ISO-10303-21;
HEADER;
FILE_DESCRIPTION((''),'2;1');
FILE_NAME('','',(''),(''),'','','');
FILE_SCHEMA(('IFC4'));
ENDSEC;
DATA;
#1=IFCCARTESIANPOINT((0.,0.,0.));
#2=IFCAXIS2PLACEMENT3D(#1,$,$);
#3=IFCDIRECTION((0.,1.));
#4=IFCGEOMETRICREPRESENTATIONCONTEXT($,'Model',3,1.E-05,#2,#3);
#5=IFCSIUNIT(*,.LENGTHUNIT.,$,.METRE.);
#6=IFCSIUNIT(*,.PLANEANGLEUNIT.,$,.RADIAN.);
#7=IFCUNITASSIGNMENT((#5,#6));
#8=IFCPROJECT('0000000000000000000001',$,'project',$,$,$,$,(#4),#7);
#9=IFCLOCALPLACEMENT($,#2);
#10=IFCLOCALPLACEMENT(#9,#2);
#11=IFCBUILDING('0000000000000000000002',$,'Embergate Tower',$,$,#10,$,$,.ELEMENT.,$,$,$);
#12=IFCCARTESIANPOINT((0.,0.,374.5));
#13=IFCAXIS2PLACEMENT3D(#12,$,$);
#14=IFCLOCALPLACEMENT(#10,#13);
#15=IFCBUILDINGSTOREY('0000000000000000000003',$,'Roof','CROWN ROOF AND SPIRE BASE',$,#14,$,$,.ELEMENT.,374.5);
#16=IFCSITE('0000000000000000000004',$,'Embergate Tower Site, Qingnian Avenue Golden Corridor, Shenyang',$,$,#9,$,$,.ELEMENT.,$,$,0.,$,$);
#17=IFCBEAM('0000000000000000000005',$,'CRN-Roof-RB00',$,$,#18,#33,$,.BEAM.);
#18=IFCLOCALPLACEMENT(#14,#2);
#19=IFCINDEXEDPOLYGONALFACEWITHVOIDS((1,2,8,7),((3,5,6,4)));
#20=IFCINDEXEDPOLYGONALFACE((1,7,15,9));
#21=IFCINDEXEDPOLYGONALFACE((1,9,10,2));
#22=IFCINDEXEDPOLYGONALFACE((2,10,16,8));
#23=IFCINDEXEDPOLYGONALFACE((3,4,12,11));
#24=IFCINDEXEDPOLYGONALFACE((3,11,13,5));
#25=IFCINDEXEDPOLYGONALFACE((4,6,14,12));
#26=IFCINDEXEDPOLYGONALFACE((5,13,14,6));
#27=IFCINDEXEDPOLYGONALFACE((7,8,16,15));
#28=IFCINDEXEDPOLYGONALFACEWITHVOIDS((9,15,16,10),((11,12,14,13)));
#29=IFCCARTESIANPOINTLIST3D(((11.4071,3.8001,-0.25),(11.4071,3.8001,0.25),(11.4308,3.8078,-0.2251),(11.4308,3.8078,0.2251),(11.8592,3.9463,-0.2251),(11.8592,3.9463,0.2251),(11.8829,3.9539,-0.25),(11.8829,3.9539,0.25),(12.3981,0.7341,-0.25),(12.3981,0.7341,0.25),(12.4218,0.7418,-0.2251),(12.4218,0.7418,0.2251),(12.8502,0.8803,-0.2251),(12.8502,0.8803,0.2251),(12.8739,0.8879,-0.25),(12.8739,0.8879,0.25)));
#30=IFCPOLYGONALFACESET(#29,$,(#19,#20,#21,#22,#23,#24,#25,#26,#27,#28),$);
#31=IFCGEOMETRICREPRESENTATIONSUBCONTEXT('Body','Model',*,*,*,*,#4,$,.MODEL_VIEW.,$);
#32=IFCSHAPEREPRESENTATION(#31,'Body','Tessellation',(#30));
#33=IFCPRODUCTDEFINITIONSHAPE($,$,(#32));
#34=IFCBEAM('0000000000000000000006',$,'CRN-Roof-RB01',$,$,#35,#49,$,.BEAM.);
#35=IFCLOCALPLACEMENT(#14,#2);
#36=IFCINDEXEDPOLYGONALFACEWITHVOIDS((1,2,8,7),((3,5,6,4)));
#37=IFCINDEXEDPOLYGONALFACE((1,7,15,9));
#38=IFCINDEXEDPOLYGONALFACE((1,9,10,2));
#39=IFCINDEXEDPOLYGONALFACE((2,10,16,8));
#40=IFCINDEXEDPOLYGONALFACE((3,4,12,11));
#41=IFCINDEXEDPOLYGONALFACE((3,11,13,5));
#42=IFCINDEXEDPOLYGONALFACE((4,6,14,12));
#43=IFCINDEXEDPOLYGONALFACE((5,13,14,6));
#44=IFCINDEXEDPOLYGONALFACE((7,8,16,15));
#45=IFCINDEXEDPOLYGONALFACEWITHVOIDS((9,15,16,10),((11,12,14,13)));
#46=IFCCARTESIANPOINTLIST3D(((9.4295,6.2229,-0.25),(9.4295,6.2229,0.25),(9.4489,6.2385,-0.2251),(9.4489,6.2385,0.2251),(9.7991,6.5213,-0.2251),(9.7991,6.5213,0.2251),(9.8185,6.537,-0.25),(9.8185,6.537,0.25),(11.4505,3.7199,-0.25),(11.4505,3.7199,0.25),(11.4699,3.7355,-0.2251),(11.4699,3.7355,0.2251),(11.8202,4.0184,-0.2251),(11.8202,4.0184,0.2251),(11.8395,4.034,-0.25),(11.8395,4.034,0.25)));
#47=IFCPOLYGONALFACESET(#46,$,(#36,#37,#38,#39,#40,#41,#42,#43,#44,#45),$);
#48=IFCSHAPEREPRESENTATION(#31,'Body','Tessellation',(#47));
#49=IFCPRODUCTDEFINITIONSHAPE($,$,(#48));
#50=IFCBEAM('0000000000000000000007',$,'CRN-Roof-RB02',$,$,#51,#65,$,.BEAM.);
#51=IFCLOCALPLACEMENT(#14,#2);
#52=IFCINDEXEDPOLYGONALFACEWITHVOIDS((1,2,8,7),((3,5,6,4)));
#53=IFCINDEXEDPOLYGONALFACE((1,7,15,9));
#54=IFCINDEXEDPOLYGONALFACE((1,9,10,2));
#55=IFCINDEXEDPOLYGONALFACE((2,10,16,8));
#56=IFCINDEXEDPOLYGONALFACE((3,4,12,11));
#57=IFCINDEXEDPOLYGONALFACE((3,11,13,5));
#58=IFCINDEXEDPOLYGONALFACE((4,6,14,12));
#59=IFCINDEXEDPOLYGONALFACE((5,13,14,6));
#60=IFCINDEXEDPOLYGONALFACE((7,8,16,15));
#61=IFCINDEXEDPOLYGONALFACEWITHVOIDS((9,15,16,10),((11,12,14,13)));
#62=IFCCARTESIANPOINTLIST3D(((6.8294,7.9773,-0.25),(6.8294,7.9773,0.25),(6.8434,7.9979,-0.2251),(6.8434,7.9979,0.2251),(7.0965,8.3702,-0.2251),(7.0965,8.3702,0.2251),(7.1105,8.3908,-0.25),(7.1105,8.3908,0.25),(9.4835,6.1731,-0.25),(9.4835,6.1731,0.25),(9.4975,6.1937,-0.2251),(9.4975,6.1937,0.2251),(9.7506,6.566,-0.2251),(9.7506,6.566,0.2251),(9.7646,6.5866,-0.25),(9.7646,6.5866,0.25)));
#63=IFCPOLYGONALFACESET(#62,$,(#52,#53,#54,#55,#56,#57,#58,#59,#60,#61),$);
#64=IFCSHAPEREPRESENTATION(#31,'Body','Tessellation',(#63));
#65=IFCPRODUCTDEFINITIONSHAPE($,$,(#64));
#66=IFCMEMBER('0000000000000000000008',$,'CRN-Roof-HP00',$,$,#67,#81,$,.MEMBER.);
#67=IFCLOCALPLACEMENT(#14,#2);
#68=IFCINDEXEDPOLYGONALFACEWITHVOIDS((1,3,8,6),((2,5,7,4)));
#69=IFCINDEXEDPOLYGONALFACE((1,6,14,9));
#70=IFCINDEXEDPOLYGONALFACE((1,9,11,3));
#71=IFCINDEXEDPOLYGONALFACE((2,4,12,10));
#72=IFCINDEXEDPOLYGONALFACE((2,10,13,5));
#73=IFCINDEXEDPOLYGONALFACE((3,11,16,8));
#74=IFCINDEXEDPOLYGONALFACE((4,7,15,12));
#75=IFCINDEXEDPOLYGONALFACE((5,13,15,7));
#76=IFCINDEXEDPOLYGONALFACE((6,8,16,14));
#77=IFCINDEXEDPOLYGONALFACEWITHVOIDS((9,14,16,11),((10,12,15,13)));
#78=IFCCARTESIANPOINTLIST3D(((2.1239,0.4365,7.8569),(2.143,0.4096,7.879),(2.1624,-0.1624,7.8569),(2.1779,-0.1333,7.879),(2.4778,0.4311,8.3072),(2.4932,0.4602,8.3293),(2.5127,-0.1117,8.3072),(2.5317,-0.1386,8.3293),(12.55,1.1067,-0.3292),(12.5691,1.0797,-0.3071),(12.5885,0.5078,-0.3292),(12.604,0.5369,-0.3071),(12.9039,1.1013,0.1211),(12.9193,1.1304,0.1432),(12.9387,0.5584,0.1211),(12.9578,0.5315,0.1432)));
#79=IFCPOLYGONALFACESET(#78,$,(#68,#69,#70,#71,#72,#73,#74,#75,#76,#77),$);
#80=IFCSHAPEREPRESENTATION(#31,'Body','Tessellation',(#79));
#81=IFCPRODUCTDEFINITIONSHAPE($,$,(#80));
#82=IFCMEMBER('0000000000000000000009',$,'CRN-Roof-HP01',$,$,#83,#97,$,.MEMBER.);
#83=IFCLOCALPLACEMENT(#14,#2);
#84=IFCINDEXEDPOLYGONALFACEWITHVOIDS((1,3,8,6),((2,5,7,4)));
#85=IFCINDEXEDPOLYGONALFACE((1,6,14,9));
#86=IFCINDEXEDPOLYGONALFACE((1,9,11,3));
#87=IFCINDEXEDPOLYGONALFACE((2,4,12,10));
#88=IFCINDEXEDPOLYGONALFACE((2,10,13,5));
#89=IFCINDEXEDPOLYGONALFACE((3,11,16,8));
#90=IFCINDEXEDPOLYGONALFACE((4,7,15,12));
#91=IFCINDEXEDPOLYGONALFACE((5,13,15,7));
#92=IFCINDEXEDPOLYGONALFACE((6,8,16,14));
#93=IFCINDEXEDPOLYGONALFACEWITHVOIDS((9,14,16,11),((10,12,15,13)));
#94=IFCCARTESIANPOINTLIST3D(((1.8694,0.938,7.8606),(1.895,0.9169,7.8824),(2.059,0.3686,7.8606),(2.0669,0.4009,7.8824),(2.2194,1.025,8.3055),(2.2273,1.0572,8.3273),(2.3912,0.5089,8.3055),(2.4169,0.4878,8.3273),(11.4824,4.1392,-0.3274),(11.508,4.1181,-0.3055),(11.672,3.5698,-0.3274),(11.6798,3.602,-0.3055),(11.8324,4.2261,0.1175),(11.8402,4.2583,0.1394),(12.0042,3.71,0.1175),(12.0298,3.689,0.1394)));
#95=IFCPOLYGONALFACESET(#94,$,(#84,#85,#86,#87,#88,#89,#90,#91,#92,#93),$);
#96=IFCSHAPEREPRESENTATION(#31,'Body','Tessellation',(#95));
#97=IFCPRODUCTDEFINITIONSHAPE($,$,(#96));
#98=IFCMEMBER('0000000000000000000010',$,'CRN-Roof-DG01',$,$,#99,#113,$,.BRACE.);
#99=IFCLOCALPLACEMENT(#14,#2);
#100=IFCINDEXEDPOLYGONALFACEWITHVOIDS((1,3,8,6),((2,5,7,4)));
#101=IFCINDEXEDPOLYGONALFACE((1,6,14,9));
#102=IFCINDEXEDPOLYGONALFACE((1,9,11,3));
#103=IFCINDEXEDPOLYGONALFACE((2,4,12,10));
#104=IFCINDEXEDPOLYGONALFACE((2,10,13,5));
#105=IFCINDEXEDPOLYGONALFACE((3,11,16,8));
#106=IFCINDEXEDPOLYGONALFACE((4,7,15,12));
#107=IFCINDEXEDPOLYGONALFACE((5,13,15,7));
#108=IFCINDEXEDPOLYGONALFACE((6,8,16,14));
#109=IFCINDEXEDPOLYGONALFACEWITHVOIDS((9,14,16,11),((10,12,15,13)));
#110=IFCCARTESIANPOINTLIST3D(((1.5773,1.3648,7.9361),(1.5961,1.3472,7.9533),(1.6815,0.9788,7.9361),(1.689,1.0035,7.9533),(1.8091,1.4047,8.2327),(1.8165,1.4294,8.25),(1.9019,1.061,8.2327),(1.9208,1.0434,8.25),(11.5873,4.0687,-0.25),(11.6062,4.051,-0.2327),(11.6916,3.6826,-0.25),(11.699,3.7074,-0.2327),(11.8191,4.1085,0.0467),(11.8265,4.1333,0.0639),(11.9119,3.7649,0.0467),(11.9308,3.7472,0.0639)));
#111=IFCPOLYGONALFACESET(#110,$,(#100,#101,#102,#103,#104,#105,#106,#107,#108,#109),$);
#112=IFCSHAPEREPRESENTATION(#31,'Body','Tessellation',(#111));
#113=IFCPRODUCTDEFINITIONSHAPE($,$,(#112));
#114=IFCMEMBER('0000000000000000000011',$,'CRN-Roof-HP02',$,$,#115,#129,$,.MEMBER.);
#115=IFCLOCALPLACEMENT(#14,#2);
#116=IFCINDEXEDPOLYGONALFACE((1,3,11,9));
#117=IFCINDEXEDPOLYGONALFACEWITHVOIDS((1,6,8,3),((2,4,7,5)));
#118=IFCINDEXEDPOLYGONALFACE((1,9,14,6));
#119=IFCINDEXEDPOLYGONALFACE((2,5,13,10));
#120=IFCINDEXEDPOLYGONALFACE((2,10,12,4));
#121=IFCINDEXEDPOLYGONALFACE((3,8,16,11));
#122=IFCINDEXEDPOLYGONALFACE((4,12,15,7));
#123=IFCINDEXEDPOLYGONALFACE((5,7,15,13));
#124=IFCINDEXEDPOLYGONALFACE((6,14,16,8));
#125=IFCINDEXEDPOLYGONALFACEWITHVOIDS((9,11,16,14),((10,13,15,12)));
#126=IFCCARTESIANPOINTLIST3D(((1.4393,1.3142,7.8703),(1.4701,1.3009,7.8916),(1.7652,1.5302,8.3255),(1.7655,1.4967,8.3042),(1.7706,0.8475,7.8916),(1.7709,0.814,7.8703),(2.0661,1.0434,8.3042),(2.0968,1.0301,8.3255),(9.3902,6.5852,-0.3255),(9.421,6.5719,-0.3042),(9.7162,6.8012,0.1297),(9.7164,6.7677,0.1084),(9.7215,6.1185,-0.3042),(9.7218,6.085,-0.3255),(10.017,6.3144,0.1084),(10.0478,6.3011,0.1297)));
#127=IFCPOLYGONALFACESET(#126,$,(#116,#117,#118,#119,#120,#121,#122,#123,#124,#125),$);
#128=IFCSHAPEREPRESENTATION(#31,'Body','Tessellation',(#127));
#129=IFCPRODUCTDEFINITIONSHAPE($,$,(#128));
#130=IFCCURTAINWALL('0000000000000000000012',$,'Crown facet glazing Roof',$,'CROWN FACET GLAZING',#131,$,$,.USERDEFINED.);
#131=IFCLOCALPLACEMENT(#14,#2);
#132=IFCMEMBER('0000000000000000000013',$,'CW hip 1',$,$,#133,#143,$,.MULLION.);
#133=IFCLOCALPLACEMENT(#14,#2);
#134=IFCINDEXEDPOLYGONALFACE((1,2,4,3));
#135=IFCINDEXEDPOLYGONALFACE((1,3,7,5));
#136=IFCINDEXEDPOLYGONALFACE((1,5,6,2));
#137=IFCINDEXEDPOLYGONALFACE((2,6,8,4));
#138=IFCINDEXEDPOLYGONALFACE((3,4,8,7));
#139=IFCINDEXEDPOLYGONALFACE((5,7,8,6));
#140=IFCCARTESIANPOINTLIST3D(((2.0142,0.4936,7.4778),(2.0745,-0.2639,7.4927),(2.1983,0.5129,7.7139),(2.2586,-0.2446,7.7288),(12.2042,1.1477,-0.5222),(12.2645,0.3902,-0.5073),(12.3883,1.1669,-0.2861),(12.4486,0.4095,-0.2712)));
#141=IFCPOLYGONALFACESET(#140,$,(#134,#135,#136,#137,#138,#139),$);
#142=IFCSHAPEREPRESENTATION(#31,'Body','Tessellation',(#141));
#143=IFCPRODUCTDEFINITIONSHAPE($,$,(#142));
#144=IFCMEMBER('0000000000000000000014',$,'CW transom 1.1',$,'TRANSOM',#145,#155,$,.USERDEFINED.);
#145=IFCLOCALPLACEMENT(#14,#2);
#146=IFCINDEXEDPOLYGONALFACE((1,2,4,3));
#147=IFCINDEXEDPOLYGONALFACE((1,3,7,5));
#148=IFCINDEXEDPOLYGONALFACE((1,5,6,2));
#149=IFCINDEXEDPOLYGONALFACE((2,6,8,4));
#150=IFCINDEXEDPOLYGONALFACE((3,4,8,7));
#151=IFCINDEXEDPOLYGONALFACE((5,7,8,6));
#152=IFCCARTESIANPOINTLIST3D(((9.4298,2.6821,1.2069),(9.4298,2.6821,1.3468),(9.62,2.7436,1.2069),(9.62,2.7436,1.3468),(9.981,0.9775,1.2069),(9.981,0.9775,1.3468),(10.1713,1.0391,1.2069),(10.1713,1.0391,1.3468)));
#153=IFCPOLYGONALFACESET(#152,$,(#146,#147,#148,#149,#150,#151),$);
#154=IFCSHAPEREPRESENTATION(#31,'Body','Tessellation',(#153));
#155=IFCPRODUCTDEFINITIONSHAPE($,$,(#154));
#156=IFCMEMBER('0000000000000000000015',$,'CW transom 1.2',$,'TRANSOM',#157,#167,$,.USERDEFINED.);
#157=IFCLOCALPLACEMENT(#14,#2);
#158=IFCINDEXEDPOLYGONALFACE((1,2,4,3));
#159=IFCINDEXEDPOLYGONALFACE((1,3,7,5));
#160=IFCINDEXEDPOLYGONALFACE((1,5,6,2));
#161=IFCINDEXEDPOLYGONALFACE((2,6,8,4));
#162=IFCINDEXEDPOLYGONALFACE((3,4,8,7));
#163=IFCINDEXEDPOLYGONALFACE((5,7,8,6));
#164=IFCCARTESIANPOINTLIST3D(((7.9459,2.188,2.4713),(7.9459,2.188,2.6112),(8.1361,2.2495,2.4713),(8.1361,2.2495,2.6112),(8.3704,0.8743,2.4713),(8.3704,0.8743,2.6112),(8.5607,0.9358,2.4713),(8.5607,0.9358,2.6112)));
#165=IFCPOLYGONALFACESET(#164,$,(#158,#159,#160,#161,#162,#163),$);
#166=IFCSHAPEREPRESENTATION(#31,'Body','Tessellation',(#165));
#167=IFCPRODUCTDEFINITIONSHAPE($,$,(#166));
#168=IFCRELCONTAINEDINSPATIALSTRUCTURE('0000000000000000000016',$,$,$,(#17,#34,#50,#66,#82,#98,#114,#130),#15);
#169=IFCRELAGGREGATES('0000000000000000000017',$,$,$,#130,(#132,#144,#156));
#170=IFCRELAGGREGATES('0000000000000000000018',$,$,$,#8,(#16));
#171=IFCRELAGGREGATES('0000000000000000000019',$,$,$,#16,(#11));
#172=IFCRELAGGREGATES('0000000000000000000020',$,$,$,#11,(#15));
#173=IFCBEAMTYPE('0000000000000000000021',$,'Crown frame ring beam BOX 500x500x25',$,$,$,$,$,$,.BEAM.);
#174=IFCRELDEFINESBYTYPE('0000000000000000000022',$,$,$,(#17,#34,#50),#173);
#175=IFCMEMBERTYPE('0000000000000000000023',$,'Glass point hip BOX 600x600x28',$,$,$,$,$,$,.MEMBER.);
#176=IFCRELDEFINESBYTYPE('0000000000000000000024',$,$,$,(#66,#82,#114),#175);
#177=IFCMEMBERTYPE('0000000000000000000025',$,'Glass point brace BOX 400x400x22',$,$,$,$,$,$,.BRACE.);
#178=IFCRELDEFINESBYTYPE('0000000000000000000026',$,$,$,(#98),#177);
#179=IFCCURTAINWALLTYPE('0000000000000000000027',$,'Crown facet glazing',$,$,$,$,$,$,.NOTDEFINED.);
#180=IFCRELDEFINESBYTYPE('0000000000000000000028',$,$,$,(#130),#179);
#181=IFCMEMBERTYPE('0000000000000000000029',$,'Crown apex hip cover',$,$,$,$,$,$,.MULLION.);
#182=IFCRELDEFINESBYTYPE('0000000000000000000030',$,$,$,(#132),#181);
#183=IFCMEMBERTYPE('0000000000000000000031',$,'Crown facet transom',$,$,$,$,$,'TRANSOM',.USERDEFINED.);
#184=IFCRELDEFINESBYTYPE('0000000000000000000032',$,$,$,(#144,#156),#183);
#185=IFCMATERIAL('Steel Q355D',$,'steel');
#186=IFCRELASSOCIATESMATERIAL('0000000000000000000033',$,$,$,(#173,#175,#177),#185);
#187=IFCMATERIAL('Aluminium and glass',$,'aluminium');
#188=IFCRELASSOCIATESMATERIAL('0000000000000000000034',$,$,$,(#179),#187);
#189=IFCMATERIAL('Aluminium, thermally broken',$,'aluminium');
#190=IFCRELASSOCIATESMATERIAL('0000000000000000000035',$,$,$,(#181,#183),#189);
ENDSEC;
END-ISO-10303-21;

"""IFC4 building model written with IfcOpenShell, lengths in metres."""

from ifc_helpers import new_model, si_unit, direction, frame, origin, origin_2d, place, context, subcontext, project, spatial, rectangle, hollow_rectangle, extrude, source, transform, mapped, material, material_profile, profile_set, type_object, element, aggregate, save


model = new_model("IFC4")

# Units and contexts
model_context = context("Model", 3, precision=1e-05, world=origin(), true_north=direction((0.0, 1.0)))
body_context = subcontext(model_context, "Body", "Model", "MODEL_VIEW")
ifc_project = project(units=[si_unit("LENGTHUNIT", "METRE"), si_unit("PLANEANGLEUNIT", "RADIAN")], contexts=[model_context])

# Site, building, storey
site_placement = place(None, origin())
site = spatial("IfcSite", under=ifc_project, at=site_placement, Name="Embergate Tower Site, Qingnian Avenue Golden Corridor, Shenyang", CompositionType="ELEMENT", RefElevation=0.0)
building_placement = place(site_placement, origin())
building = spatial("IfcBuilding", under=site, at=building_placement, Name="Embergate Tower", CompositionType="ELEMENT")
storey_placement = place(building_placement, frame((0.0, 0.0, 374.5)))
storey = spatial("IfcBuildingStorey", under=building, at=storey_placement, Name="Roof", Description="CROWN ROOF AND SPIRE BASE", CompositionType="ELEMENT", Elevation=374.5)

# Beams
ifc_material_1 = material(Name="Steel Q355D", Category="steel")
ifc_material_profile_1 = material_profile(ifc_material_1, hollow_rectangle(XDim=0.5, YDim=0.5, WallThickness=0.0249, at=origin_2d()), Name="BOX 500x500x25")
ifc_profile_set_1 = profile_set([ifc_material_profile_1], Name="Steel Q355 grade D")
beam_type = type_object("IfcBeamType", Name="Crown frame ring beam BOX 500x500x25", PredefinedType="BEAM", material=ifc_profile_set_1)
shared_shape_1 = source(origin(), body_context, "Body", "SweptSolid", [
    extrude(hollow_rectangle(XDim=0.5, YDim=0.5, WallThickness=0.0249, at=origin_2d()), origin(), (0.0, 0.0, 1.0), 3.2222),
])
beam_1_placement = place(storey_placement, frame((12.636, 0.811, 0.0), z_axis=(-0.307554, 0.951531, 0.0), x_axis=(-0.951531, -0.307554, 0.0)))
element("IfcBeam", 1, at=beam_1_placement, inside=storey, type_object=beam_type, Name="CRN-Roof-RB00", PredefinedType="BEAM", context=body_context, shape_type="MappedRepresentation", body=[
    mapped(shared_shape_1, transform((0.0, 0.0, 0.0))),
])
shared_shape_2 = source(origin(), body_context, "Body", "SweptSolid", [
    extrude(hollow_rectangle(XDim=0.5, YDim=0.5, WallThickness=0.0249, at=origin_2d()), origin(), (0.0, 0.0, 1.0), 3.217),
])
beam_2_placement = place(storey_placement, frame((11.645, 3.877, 0.0), z_axis=(-0.628224, 0.778032, 0.0), x_axis=(-0.778032, -0.628224, 0.0)))
element("IfcBeam", 2, at=beam_2_placement, inside=storey, type_object=beam_type, Name="CRN-Roof-RB01", PredefinedType="BEAM", context=body_context, shape_type="MappedRepresentation", body=[
    mapped(shared_shape_2, transform((0.0, 0.0, 0.0))),
])
shared_shape_3 = source(origin(), body_context, "Body", "SweptSolid", [
    extrude(hollow_rectangle(XDim=0.5, YDim=0.5, WallThickness=0.0249, at=origin_2d()), origin(), (0.0, 0.0, 1.0), 3.2092),
])
beam_3_placement = place(storey_placement, frame((9.624, 6.3799, 0.0), z_axis=(-0.827007, 0.562191, 0.0), x_axis=(-0.562191, -0.827007, 0.0)))
element("IfcBeam", 3, at=beam_3_placement, inside=storey, type_object=beam_type, Name="CRN-Roof-RB02", PredefinedType="BEAM", context=body_context, shape_type="MappedRepresentation", body=[
    mapped(shared_shape_3, transform((0.0, 0.0, 0.0))),
])

# Members
ifc_material_profile_2 = material_profile(ifc_material_1, hollow_rectangle(XDim=0.6001, YDim=0.6001, WallThickness=0.0281, at=origin_2d()), Name="BOX 600x600x28")
ifc_profile_set_2 = profile_set([ifc_material_profile_2], Name="Steel Q355 grade D")
member_type_1 = type_object("IfcMemberType", Name="Glass point hip BOX 600x600x28", PredefinedType="MEMBER", material=ifc_profile_set_2)
shared_shape_4 = source(origin(), body_context, "Body", "SweptSolid", [
    extrude(hollow_rectangle(XDim=0.6001, YDim=0.6001, WallThickness=0.0281, at=origin_2d()), origin(), (0.0, 0.0, 1.0), 13.2727),
])
member_1_placement = place(storey_placement, frame((12.7539, 0.8191, -0.093), z_axis=(-0.785529, -0.050492, 0.616761), x_axis=(0.064146, -0.997941, 0.0)))
element("IfcMember", 4, at=member_1_placement, inside=storey, type_object=member_type_1, Name="CRN-Roof-HP00", PredefinedType="MEMBER", context=body_context, shape_type="MappedRepresentation", body=[
    mapped(shared_shape_4, transform((0.0, 0.0, 0.0))),
])
shared_shape_5 = source(origin(), body_context, "Body", "SweptSolid", [
    extrude(hollow_rectangle(XDim=0.6001, YDim=0.6001, WallThickness=0.0281, at=origin_2d()), origin(), (0.0, 0.0, 1.0), 13.0269),
])
member_2_placement = place(storey_placement, frame((11.7561, 3.9141, -0.094), z_axis=(-0.737935, -0.245735, 0.628543), x_axis=(0.315946, -0.948777, 0.0)))
element("IfcMember", 5, at=member_2_placement, inside=storey, type_object=member_type_1, Name="CRN-Roof-HP01", PredefinedType="MEMBER", context=body_context, shape_type="MappedRepresentation", body=[
    mapped(shared_shape_5, transform((0.0, 0.0, 0.0))),
])
ifc_material_profile_3 = material_profile(ifc_material_1, hollow_rectangle(XDim=0.3999, YDim=0.3999, WallThickness=0.022, at=origin_2d()), Name="BOX 400x400x22")
ifc_profile_set_3 = profile_set([ifc_material_profile_3], Name="Steel Q355 grade D")
member_type_2 = type_object("IfcMemberType", Name="Glass point brace BOX 400x400x22", PredefinedType="BRACE", material=ifc_profile_set_3)
shared_shape_6 = source(origin(), body_context, "Body", "SweptSolid", [
    extrude(hollow_rectangle(XDim=0.3999, YDim=0.3999, WallThickness=0.022, at=origin_2d()), origin(), (0.0, 0.0, 1.0), 13.2107),
])
member_3_placement = place(storey_placement, frame((11.759, 3.908, -0.093), z_axis=(-0.75772, -0.204672, 0.619652), x_axis=(0.26077, -0.965401, 0.0)))
element("IfcMember", 6, at=member_3_placement, inside=storey, type_object=member_type_2, Name="CRN-Roof-DG01", PredefinedType="BRACE", context=body_context, shape_type="MappedRepresentation", body=[
    mapped(shared_shape_6, transform((0.0, 0.0, 0.0))),
])
shared_shape_7 = source(origin(), body_context, "Body", "SweptSolid", [
    extrude(hollow_rectangle(XDim=0.6001, YDim=0.6001, WallThickness=0.0281, at=origin_2d()), origin(), (0.0, 0.0, 1.0), 12.5767),
])
member_4_placement = place(storey_placement, frame((9.719, 6.4431, -0.0979), z_axis=(-0.632198, -0.41911, 0.651669), x_axis=(0.552549, -0.833481, 0.0)))
element("IfcMember", 7, at=member_4_placement, inside=storey, type_object=member_type_1, Name="CRN-Roof-HP02", PredefinedType="MEMBER", context=body_context, shape_type="MappedRepresentation", body=[
    mapped(shared_shape_7, transform((0.0, 0.0, 0.0))),
])

# Curtain wall, members
ifc_material_2 = material(Name="Aluminium and glass", Category="aluminium")
curtain_wall_type = type_object("IfcCurtainWallType", Name="Crown facet glazing", PredefinedType="NOTDEFINED", material=ifc_material_2)
curtain_wall_placement = place(storey_placement, origin())
curtain_wall = element("IfcCurtainWall", 8, at=curtain_wall_placement, inside=storey, type_object=curtain_wall_type, Name="Crown facet glazing Roof", ObjectType="CROWN FACET GLAZING", PredefinedType="USERDEFINED")
ifc_material_3 = material(Name="Aluminium, thermally broken", Category="aluminium")
ifc_material_profile_4 = material_profile(ifc_material_3, rectangle(XDim=0.3, YDim=0.76, at=origin_2d()), Name="AL 760x300")
ifc_profile_set_4 = profile_set([ifc_material_profile_4], Name="Aluminium, thermally broken")
member_type_3 = type_object("IfcMemberType", Name="Crown apex hip cover", PredefinedType="MULLION", material=ifc_profile_set_4)
shared_shape_8 = source(origin(), body_context, "Body", "SweptSolid", [
    extrude(rectangle(XDim=0.3, YDim=0.76, at=origin_2d()), origin(), (0.0, 0.0, 1.0), 12.9717),
])
member_5_placement = place(storey_placement, frame((12.3264, 0.7786, -0.3967), z_axis=(-0.785557, -0.050422, 0.616731), x_axis=(0.613682, 0.064309, 0.78693)))
member_5 = element("IfcMember", 9, at=member_5_placement, type_object=member_type_3, Name="CW hip 1", PredefinedType="MULLION", context=body_context, shape_type="MappedRepresentation", body=[
    mapped(shared_shape_8, transform((0.0, 0.0, 0.0))),
])
ifc_material_profile_5 = material_profile(ifc_material_3, rectangle(XDim=0.2, YDim=0.1399, at=origin_2d()), Name="AL 140x200")
ifc_profile_set_5 = profile_set([ifc_material_profile_5], Name="Aluminium, thermally broken")
member_type_4 = type_object("IfcMemberType", Name="Crown facet transom", ElementType="TRANSOM", PredefinedType="USERDEFINED", material=ifc_profile_set_5)
shared_shape_9 = source(origin(), body_context, "Body", "SweptSolid", [
    extrude(rectangle(XDim=0.2, YDim=0.1399, at=origin_2d()), origin(), (0.0, 0.0, 1.0), 1.7915),
])
member_6_placement = place(storey_placement, frame((10.0762, 1.0083, 1.2769), z_axis=(-0.307711, 0.95148, 0.0), x_axis=(-0.95148, -0.307711, 0.0)))
member_6 = element("IfcMember", 10, at=member_6_placement, type_object=member_type_4, Name="CW transom 1.1", ObjectType="TRANSOM", PredefinedType="USERDEFINED", context=body_context, shape_type="MappedRepresentation", body=[
    mapped(shared_shape_9, transform((0.0, 0.0, 0.0))),
])
shared_shape_10 = source(origin(), body_context, "Body", "SweptSolid", [
    extrude(rectangle(XDim=0.2, YDim=0.1399, at=origin_2d()), origin(), (0.0, 0.0, 1.0), 1.3806),
])
member_7_placement = place(storey_placement, frame((8.4656, 0.905, 2.5413), z_axis=(-0.307514, 0.951543, 0.0), x_axis=(-0.951543, -0.307514, 0.0)))
member_7 = element("IfcMember", 11, at=member_7_placement, type_object=member_type_4, Name="CW transom 1.2", ObjectType="TRANSOM", PredefinedType="USERDEFINED", context=body_context, shape_type="MappedRepresentation", body=[
    mapped(shared_shape_10, transform((0.0, 0.0, 0.0))),
])
aggregate(curtain_wall, [member_5, member_6, member_7])

save(model, "model.ifc")
